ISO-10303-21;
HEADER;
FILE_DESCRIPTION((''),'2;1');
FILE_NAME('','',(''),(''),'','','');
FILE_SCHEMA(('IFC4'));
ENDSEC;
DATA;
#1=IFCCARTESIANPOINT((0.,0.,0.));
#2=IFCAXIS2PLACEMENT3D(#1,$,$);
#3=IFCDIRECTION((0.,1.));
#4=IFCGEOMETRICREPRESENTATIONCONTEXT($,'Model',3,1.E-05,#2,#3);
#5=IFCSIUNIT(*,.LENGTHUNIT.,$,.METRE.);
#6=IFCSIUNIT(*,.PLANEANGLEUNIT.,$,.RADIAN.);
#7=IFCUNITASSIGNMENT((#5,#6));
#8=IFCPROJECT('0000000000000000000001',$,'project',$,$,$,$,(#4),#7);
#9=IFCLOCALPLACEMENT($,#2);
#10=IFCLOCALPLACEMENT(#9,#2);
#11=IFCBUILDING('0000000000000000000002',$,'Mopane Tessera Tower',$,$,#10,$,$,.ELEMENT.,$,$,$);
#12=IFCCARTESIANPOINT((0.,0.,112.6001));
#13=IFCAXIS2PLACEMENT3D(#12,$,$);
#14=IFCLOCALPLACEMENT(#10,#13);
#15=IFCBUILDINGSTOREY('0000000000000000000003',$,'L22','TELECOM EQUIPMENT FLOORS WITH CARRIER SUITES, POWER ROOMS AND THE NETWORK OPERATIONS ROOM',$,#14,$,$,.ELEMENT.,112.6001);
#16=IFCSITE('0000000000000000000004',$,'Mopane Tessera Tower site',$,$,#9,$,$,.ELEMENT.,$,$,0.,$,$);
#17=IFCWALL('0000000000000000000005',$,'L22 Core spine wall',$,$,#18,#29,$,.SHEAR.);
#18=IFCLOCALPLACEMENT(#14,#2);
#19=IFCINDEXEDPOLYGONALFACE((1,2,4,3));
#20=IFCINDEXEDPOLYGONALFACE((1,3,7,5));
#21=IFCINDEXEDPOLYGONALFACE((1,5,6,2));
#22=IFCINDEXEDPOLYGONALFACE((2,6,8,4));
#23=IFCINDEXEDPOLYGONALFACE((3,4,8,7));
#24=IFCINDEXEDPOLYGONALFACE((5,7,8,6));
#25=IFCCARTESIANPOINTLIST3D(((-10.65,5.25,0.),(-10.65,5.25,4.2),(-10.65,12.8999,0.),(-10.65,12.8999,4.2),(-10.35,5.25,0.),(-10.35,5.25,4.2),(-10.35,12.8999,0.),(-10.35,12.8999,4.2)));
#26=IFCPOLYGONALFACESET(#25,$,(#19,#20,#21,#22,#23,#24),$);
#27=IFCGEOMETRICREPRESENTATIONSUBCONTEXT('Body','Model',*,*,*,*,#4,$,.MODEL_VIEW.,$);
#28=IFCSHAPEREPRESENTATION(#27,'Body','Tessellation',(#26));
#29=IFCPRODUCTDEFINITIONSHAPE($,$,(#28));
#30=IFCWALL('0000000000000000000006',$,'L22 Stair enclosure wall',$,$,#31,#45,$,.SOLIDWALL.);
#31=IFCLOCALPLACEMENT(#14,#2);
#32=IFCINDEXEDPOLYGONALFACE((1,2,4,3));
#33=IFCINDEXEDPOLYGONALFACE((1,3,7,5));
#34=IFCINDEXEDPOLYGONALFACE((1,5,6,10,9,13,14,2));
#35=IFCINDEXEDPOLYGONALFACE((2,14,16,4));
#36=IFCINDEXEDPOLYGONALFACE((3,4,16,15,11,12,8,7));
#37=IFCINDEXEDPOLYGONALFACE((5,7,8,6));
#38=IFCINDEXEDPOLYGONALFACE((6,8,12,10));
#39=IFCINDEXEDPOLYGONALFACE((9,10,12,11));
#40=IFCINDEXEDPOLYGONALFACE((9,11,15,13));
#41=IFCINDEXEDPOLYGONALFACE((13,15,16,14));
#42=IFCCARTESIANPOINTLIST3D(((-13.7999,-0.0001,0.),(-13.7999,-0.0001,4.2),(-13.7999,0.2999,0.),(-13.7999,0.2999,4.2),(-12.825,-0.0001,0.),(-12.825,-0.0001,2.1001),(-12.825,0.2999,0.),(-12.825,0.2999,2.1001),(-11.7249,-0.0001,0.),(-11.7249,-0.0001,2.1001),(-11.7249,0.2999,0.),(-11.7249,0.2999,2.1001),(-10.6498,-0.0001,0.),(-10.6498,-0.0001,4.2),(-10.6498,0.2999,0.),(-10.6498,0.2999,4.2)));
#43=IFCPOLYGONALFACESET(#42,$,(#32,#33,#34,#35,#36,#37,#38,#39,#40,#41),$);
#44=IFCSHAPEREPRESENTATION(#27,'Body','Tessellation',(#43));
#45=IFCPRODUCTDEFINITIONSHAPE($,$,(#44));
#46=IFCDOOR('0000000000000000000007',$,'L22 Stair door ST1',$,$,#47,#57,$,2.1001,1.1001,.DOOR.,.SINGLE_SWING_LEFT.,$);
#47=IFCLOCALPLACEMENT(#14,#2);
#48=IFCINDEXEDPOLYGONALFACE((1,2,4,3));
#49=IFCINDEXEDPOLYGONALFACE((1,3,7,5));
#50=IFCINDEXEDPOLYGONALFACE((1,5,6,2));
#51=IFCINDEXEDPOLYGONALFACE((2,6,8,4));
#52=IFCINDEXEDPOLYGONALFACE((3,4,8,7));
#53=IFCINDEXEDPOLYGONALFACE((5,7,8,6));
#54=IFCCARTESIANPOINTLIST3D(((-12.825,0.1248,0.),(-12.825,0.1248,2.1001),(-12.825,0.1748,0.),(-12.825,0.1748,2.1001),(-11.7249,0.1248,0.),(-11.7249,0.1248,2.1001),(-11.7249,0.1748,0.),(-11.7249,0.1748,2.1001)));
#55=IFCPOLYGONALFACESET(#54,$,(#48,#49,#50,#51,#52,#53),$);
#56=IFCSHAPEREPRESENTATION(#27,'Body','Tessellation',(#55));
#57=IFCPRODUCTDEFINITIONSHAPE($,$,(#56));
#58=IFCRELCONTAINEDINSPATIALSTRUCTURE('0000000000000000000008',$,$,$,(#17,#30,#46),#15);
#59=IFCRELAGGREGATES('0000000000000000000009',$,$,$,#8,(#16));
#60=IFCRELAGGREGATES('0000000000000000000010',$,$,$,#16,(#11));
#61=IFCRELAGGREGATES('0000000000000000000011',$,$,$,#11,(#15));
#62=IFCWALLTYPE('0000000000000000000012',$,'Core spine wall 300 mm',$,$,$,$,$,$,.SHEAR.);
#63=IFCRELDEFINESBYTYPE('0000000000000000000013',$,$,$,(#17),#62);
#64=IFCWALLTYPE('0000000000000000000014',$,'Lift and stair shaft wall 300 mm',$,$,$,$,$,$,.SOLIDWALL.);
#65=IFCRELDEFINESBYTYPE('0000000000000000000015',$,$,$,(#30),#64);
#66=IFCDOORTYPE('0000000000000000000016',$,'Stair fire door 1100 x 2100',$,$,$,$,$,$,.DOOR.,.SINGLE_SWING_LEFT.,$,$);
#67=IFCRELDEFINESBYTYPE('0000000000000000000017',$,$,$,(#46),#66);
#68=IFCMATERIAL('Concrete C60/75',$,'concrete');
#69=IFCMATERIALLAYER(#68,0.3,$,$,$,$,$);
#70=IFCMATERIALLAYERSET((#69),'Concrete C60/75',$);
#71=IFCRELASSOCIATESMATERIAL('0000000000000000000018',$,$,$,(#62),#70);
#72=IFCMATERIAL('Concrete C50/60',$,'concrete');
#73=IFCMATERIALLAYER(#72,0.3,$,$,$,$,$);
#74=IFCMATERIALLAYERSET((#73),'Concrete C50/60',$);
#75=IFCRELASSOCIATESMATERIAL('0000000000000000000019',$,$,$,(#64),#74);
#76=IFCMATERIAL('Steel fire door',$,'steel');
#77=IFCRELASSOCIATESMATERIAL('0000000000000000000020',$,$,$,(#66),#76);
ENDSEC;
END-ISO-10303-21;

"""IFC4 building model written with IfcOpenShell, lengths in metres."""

from ifc_helpers import new_model, si_unit, direction, frame, frame_2d, origin, place, context, subcontext, project, spatial, rectangle, extrude, material, layer, layer_set, type_object, element, fill, save


model = new_model("IFC4")

# Units and contexts
model_context = context("Model", 3, precision=1e-05, world=origin(), true_north=direction((0.0, 1.0)))
body_context = subcontext(model_context, "Body", "Model", "MODEL_VIEW")
ifc_project = project(units=[si_unit("LENGTHUNIT", "METRE"), si_unit("PLANEANGLEUNIT", "RADIAN")], contexts=[model_context])

# Site, building, storey
site_placement = place(None, origin())
site = spatial("IfcSite", under=ifc_project, at=site_placement, Name="Mopane Tessera Tower site", CompositionType="ELEMENT", RefElevation=0.0)
building_placement = place(site_placement, origin())
building = spatial("IfcBuilding", under=site, at=building_placement, Name="Mopane Tessera Tower", CompositionType="ELEMENT")
storey_placement = place(building_placement, frame((0.0, 0.0, 112.6001)))
storey = spatial("IfcBuildingStorey", under=building, at=storey_placement, Name="L22", Description="TELECOM EQUIPMENT FLOORS WITH CARRIER SUITES, POWER ROOMS AND THE NETWORK OPERATIONS ROOM", CompositionType="ELEMENT", Elevation=112.6001)

# Wall
ifc_material_1 = material(Name="Concrete C60/75", Category="concrete")
ifc_layer_1 = layer(ifc_material_1, 0.3)
ifc_layer_set_1 = layer_set([ifc_layer_1], Name="Concrete C60/75")
wall_type_1 = type_object("IfcWallType", Name="Core spine wall 300 mm", PredefinedType="SHEAR", material=ifc_layer_set_1)
wall_1_placement = place(storey_placement, frame((-10.5, 5.25, 0.0), z_axis=(0.0, 0.0, 1.0), x_axis=(0.0, 1.0, 0.0)))
element("IfcWall", 1, at=wall_1_placement, inside=storey, type_object=wall_type_1, Name="L22 Core spine wall", PredefinedType="SHEAR", context=body_context, shape_type="SweptSolid", body=[
    extrude(rectangle(XDim=7.6499, YDim=0.3, at=frame_2d((3.825, 0.0))), origin(), (0.0, 0.0, 1.0), 4.2),
])

# Wall, opening, door
ifc_material_2 = material(Name="Concrete C50/60", Category="concrete")
ifc_layer_2 = layer(ifc_material_2, 0.3)
ifc_layer_set_2 = layer_set([ifc_layer_2], Name="Concrete C50/60")
wall_type_2 = type_object("IfcWallType", Name="Lift and stair shaft wall 300 mm", PredefinedType="SOLIDWALL", material=ifc_layer_set_2)
wall_2_placement = place(storey_placement, frame((-13.8, 0.1499, 0.0), z_axis=(0.0, 0.0, 1.0), x_axis=(1.0, 0.0, 0.0)))
wall_2 = element("IfcWall", 2, at=wall_2_placement, inside=storey, type_object=wall_type_2, Name="L22 Stair enclosure wall", PredefinedType="SOLIDWALL", context=body_context, shape_type="SweptSolid", body=[
    extrude(rectangle(XDim=3.1501, YDim=0.3, at=frame_2d((1.5752, 0.0))), origin(), (0.0, 0.0, 1.0), 4.2),
])
opening_1_placement = place(wall_2_placement, frame((0.9751, 0.0, 0.0)))
opening_1 = element("IfcOpeningElement", 3, at=opening_1_placement, cuts=wall_2, PredefinedType="OPENING", context=body_context, shape_type="SweptSolid", body=[
    extrude(rectangle(XDim=1.1001, YDim=2.1001, at=frame_2d((0.55, 1.05))), frame((0.0, 0.1621, 0.0), z_axis=(0.0, -1.0, 0.0), x_axis=(1.0, 0.0, 0.0)), (0.0, 0.0, 1.0), 0.324),
])
ifc_material_3 = material(Name="Steel fire door", Category="steel")
door_type_1 = type_object("IfcDoorType", Name="Stair fire door 1100 x 2100", OperationType="SINGLE_SWING_LEFT", PredefinedType="DOOR", material=ifc_material_3)
door_1_placement = place(opening_1_placement, origin())
door_1 = element("IfcDoor", 4, at=door_1_placement, inside=storey, type_object=door_type_1, Name="L22 Stair door ST1", OperationType="SINGLE_SWING_LEFT", OverallHeight=2.1001, OverallWidth=1.1001, PredefinedType="DOOR", context=body_context, shape_type="SweptSolid", body=[
    extrude(rectangle(XDim=1.1001, YDim=2.1001, at=frame_2d((0.55, 1.05))), frame((0.0, 0.0249, 0.0), z_axis=(0.0, -1.0, 0.0), x_axis=(1.0, 0.0, 0.0)), (0.0, 0.0, 1.0), 0.05),
])
fill(opening_1, door_1)

save(model, "model.ifc")
